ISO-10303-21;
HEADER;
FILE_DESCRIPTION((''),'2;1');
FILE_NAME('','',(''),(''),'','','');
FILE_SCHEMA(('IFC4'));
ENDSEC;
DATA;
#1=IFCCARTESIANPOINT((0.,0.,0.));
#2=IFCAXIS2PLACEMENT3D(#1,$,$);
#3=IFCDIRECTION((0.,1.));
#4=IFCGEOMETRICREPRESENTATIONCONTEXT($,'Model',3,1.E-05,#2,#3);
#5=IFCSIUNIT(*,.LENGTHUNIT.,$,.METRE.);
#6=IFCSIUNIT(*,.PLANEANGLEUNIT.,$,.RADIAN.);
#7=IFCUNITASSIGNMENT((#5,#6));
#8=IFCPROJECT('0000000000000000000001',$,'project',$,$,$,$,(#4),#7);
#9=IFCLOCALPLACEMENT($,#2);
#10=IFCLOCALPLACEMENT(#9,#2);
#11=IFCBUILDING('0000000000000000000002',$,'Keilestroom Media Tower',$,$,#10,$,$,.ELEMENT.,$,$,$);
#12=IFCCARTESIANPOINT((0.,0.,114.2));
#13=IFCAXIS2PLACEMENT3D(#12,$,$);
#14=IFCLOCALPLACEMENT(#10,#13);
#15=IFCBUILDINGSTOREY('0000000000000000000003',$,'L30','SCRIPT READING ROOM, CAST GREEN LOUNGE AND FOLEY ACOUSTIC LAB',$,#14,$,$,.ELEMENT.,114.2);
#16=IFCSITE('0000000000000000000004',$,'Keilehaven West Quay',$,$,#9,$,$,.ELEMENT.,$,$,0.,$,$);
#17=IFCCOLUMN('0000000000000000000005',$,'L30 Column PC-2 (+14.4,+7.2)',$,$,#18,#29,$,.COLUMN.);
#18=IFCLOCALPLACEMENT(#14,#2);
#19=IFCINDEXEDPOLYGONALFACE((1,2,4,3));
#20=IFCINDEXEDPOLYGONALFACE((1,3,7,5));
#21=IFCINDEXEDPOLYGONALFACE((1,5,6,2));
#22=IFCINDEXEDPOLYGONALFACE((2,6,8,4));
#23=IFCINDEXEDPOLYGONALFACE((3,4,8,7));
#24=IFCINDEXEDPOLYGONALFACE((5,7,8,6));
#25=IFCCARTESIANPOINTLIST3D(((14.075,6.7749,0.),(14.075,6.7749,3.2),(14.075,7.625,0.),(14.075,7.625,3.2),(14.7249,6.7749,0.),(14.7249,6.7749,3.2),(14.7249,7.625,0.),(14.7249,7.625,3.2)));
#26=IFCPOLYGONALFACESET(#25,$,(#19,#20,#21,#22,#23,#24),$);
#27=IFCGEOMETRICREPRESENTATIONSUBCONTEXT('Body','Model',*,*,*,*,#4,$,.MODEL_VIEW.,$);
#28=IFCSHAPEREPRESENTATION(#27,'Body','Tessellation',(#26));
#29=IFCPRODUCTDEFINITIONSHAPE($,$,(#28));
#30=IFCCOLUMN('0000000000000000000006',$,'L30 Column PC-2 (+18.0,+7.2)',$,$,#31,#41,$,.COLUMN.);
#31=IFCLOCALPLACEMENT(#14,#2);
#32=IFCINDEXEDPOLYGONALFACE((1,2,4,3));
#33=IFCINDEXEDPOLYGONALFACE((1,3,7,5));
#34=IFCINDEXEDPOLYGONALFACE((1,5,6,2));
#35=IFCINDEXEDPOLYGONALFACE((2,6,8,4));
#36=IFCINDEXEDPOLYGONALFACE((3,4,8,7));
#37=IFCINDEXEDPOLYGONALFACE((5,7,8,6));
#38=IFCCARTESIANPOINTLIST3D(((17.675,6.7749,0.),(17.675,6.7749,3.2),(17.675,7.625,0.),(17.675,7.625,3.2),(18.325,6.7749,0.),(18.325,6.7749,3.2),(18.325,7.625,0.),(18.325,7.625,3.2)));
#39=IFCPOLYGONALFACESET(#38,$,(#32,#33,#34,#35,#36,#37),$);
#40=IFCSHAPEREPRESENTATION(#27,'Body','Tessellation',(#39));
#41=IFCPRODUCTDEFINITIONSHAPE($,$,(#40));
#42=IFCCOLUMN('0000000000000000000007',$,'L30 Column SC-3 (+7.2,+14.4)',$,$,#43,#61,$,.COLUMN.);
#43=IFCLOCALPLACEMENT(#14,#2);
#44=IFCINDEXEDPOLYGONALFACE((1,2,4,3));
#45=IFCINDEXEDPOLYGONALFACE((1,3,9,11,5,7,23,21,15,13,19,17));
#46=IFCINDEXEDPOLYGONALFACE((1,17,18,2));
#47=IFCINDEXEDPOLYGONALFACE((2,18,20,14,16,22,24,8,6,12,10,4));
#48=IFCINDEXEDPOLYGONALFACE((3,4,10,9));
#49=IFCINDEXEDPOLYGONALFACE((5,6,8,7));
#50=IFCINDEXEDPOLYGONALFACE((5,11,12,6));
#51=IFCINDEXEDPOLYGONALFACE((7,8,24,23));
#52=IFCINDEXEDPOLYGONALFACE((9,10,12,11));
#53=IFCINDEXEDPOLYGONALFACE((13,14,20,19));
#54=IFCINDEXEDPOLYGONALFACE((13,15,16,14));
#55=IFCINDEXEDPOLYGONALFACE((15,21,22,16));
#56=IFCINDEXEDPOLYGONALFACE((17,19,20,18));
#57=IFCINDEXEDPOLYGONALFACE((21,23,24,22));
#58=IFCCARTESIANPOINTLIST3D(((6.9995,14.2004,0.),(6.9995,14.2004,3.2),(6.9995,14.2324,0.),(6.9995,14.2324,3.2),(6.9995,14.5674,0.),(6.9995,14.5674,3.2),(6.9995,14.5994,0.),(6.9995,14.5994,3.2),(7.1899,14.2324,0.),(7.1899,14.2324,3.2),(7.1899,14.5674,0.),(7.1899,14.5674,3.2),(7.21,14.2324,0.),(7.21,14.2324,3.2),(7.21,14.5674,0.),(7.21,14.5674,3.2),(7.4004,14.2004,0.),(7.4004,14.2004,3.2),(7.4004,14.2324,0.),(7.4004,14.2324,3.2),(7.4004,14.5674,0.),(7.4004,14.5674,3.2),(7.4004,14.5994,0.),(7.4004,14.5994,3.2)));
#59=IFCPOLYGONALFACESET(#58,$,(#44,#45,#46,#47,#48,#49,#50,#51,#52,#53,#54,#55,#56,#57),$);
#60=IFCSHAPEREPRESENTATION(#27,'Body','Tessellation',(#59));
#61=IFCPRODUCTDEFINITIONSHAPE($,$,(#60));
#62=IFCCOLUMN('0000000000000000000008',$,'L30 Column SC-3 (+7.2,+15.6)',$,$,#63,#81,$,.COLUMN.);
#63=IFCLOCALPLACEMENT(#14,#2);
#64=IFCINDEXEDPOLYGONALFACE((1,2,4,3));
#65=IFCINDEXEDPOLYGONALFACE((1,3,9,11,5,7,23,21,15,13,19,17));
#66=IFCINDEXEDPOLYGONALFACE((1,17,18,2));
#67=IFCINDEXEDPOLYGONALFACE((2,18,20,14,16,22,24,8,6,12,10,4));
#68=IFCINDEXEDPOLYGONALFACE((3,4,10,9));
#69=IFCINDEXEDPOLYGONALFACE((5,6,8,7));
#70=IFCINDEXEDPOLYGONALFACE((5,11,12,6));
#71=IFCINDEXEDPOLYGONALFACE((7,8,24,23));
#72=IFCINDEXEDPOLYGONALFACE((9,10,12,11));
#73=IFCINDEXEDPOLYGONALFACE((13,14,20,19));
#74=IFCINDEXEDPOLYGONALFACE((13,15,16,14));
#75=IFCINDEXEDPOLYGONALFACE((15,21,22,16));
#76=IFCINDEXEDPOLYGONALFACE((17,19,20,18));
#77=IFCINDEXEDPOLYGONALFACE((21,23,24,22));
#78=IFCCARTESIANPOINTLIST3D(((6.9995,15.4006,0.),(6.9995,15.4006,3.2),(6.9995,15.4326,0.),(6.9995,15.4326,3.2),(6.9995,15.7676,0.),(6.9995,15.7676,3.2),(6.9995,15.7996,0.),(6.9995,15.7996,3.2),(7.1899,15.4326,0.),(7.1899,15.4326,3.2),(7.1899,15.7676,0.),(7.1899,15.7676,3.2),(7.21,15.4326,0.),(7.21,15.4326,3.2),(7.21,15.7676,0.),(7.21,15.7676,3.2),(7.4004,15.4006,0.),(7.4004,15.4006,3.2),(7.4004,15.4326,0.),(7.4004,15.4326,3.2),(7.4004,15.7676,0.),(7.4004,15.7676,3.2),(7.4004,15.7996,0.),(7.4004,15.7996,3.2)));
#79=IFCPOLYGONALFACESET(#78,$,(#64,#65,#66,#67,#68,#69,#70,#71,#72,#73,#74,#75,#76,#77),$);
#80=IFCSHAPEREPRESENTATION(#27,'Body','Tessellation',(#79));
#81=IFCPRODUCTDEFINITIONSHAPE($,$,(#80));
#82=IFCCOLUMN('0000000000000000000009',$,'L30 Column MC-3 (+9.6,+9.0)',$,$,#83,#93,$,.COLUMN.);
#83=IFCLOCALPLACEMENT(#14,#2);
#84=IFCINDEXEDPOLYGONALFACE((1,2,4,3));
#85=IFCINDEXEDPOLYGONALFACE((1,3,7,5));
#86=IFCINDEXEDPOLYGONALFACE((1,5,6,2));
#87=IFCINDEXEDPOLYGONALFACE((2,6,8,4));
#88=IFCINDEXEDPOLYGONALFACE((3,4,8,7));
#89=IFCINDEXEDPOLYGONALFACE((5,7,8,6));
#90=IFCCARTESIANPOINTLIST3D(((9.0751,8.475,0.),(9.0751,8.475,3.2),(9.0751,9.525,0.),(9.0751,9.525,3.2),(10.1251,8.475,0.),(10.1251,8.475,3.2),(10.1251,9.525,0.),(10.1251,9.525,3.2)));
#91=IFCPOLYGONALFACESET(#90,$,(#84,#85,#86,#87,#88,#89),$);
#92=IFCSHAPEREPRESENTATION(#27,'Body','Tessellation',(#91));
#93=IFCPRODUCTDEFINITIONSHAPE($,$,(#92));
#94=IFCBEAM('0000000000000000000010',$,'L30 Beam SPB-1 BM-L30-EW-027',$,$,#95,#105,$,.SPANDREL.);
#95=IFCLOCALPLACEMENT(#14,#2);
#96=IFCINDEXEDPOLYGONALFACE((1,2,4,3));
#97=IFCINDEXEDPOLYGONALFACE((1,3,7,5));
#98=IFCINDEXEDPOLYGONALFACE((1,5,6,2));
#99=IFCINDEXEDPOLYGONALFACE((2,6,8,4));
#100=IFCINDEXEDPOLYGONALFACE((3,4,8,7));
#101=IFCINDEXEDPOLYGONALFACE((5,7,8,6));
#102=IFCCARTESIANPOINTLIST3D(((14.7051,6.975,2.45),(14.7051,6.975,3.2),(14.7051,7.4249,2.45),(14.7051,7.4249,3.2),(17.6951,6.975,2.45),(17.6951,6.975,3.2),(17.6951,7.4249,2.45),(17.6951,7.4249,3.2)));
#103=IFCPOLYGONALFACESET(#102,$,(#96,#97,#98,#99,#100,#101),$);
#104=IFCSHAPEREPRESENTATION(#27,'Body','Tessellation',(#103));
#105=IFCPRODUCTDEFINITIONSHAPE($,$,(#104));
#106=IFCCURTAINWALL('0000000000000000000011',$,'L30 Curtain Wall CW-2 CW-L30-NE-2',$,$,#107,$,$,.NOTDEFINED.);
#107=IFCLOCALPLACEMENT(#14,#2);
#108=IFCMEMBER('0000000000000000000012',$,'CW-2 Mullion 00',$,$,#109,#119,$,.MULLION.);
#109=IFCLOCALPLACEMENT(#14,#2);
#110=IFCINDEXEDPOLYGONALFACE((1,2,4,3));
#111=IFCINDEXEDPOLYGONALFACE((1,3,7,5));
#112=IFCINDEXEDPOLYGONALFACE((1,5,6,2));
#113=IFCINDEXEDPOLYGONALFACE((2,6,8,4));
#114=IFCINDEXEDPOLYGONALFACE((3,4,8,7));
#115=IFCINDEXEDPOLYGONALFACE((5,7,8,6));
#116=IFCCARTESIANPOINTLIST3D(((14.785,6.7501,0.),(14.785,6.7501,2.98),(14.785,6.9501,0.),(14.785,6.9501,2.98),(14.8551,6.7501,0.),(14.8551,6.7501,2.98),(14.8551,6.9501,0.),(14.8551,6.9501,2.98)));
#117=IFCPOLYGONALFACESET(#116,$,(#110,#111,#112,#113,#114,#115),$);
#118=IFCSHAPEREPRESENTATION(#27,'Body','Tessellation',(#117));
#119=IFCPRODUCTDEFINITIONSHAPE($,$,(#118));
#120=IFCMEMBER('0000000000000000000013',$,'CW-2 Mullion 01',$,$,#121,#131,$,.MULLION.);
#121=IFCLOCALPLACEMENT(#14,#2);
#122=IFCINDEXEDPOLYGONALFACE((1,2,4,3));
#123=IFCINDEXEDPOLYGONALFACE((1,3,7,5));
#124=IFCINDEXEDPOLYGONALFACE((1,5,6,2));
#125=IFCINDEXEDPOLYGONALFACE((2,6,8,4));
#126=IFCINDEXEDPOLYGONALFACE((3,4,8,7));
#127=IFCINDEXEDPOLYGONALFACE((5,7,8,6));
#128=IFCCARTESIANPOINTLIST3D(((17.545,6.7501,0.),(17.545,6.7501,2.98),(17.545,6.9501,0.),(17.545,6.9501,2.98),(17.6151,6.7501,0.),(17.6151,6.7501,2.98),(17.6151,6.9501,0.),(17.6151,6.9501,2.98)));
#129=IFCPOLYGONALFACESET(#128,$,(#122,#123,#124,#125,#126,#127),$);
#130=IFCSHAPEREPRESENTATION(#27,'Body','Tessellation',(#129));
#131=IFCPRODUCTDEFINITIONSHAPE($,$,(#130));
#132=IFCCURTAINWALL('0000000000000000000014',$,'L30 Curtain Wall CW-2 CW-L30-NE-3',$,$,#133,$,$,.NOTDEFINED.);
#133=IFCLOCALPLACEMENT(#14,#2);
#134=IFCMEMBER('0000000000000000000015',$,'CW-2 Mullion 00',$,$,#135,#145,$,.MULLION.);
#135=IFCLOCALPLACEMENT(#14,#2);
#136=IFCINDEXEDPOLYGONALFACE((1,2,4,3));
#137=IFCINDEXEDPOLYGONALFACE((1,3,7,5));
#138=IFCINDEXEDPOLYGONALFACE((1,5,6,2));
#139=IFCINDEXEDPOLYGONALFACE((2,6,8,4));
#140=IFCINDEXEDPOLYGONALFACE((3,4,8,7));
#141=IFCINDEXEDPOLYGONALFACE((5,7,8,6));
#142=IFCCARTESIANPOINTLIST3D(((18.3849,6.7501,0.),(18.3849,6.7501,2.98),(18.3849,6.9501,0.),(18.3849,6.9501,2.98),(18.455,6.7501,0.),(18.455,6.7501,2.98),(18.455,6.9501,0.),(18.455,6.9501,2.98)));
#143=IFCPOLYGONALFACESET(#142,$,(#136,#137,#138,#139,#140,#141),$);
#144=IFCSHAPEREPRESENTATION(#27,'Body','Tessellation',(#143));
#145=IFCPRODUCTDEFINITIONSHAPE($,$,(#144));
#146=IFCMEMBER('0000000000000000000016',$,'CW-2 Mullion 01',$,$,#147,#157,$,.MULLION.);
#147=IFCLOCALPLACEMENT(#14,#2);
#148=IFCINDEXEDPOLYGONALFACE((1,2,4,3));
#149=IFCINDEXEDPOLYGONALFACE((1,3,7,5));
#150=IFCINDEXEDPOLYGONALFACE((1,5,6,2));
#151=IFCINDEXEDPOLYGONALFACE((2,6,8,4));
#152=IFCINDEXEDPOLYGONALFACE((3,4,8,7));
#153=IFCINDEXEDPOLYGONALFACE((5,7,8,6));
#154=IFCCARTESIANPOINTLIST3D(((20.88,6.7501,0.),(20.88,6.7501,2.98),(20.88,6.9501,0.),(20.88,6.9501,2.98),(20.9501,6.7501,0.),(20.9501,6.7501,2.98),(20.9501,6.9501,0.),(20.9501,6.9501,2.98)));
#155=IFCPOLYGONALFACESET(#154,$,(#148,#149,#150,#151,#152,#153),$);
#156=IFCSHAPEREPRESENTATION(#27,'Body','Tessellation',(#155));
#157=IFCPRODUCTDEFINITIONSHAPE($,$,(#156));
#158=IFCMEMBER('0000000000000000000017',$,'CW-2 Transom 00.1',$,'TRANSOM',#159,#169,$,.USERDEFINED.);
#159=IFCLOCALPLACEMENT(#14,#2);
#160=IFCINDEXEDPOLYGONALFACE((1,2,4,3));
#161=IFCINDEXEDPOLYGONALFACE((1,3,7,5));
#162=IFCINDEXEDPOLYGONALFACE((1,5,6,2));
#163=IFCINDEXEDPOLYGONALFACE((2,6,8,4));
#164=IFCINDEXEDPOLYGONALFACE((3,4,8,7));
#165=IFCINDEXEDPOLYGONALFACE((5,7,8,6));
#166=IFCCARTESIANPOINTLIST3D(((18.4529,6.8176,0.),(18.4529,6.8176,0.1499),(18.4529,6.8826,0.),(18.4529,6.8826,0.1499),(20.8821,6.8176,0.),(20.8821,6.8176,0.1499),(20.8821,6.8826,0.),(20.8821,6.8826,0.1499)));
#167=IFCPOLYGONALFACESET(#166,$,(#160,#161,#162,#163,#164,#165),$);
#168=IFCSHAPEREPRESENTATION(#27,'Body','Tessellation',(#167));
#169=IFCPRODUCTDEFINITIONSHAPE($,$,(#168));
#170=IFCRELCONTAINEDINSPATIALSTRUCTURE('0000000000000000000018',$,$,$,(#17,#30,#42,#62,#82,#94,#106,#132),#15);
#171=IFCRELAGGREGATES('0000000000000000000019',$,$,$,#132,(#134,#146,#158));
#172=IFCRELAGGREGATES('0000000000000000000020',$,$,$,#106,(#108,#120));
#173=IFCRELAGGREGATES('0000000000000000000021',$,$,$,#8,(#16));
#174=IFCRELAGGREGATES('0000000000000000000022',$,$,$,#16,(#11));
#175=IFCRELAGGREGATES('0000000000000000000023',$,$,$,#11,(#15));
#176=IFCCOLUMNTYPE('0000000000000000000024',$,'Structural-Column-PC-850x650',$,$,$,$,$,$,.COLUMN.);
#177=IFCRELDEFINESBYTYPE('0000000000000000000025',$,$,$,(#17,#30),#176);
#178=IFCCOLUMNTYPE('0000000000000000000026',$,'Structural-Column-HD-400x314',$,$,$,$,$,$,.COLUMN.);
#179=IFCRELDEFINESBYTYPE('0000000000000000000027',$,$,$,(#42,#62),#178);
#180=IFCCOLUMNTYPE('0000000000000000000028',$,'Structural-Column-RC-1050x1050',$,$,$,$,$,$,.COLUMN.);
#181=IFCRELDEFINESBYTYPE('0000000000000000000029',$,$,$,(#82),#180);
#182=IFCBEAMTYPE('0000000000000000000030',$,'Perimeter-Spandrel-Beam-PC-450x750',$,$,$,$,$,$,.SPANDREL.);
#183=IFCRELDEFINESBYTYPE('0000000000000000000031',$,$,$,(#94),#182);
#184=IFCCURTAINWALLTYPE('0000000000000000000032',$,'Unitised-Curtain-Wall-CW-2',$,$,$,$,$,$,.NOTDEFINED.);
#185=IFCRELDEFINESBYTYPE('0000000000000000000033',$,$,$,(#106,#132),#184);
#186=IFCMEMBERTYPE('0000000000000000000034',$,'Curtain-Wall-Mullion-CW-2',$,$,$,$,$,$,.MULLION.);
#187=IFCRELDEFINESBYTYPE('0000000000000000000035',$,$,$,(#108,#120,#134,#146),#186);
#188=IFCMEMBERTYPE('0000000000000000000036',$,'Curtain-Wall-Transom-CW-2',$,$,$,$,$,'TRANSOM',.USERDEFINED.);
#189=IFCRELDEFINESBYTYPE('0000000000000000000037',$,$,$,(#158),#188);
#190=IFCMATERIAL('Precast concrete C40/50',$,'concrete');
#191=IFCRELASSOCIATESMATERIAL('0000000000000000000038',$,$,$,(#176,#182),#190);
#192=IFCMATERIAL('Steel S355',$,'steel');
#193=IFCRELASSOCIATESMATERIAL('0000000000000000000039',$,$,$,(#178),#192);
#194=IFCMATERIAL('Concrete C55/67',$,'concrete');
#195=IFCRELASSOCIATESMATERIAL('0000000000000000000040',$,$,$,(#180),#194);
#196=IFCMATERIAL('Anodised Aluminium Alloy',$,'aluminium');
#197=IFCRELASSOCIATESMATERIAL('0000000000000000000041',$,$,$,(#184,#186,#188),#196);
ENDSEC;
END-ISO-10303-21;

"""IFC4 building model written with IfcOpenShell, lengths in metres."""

from ifc_helpers import new_model, si_unit, direction, frame, origin, origin_2d, place, context, subcontext, project, spatial, rectangle, i_section, extrude, source, transform, mapped, material, material_profile, profile_set, type_object, element, aggregate, save


model = new_model("IFC4")

# Units and contexts
model_context = context("Model", 3, precision=1e-05, world=origin(), true_north=direction((0.0, 1.0)))
body_context = subcontext(model_context, "Body", "Model", "MODEL_VIEW")
ifc_project = project(units=[si_unit("LENGTHUNIT", "METRE"), si_unit("PLANEANGLEUNIT", "RADIAN")], contexts=[model_context])

# Site, building, storey
site_placement = place(None, origin())
site = spatial("IfcSite", under=ifc_project, at=site_placement, Name="Keilehaven West Quay", CompositionType="ELEMENT", RefElevation=0.0)
building_placement = place(site_placement, origin())
building = spatial("IfcBuilding", under=site, at=building_placement, Name="Keilestroom Media Tower", CompositionType="ELEMENT")
storey_placement = place(building_placement, frame((0.0, 0.0, 114.2)))
storey = spatial("IfcBuildingStorey", under=building, at=storey_placement, Name="L30", Description="SCRIPT READING ROOM, CAST GREEN LOUNGE AND FOLEY ACOUSTIC LAB", CompositionType="ELEMENT", Elevation=114.2)

# Columns
ifc_material_1 = material(Name="Precast concrete C40/50", Category="concrete")
ifc_material_profile_1 = material_profile(ifc_material_1, rectangle(XDim=0.6499, YDim=0.8501, at=origin_2d()), Name="PC 850x650")
ifc_profile_set_1 = profile_set([ifc_material_profile_1], Name="Precast concrete C40/50")
column_type_1 = type_object("IfcColumnType", Name="Structural-Column-PC-850x650", PredefinedType="COLUMN", material=ifc_profile_set_1)
shared_shape_1 = source(origin(), body_context, "Body", "SweptSolid", [
    extrude(rectangle(XDim=0.6499, YDim=0.8501, at=origin_2d()), origin(), (0.0, 0.0, 1.0), 3.2),
])
for number, where, z_axis, x_axis, name in (
    (1, (14.3999, 7.2, 0.0), (0.0, 0.0, 1.0), (1.0, 0.0, 0.0), "L30 Column PC-2 (+14.4,+7.2)"),
    (2, (18.0, 7.2, 0.0), (0.0, 0.0, 1.0), (1.0, 0.0, 0.0), "L30 Column PC-2 (+18.0,+7.2)"),
):
    element("IfcColumn", number, at=place(storey_placement, frame(where, z_axis=z_axis, x_axis=x_axis)), inside=storey, type_object=column_type_1, Name=name, PredefinedType="COLUMN", context=body_context, shape_type="MappedRepresentation", body=[
        mapped(shared_shape_1, transform((0.0, 0.0, 0.0), x_axis=(1.0, 0.0, 0.0), y_axis=(0.0, 1.0, 0.0), z_axis=(0.0, 0.0, 1.0), scale=1.0)),
    ])
ifc_material_2 = material(Name="Steel S355", Category="steel")
ifc_material_profile_2 = material_profile(ifc_material_2, i_section(OverallWidth=0.4009, OverallDepth=0.3989, WebThickness=0.02, FlangeThickness=0.032, at=origin_2d()), Name="HD 400x314")
ifc_profile_set_2 = profile_set([ifc_material_profile_2], Name="Steel S355")
column_type_2 = type_object("IfcColumnType", Name="Structural-Column-HD-400x314", PredefinedType="COLUMN", material=ifc_profile_set_2)
shared_shape_2 = source(origin(), body_context, "Body", "SweptSolid", [
    extrude(i_section(OverallWidth=0.4009, OverallDepth=0.3989, WebThickness=0.02, FlangeThickness=0.032, at=origin_2d()), origin(), (0.0, 0.0, 1.0), 3.2),
])
for number, where, z_axis, x_axis, name in (
    (3, (7.2, 14.3999, 0.0), (0.0, 0.0, 1.0), (1.0, 0.0, 0.0), "L30 Column SC-3 (+7.2,+14.4)"),
    (4, (7.2, 15.6001, 0.0), (0.0, 0.0, 1.0), (1.0, 0.0, 0.0), "L30 Column SC-3 (+7.2,+15.6)"),
):
    element("IfcColumn", number, at=place(storey_placement, frame(where, z_axis=z_axis, x_axis=x_axis)), inside=storey, type_object=column_type_2, Name=name, PredefinedType="COLUMN", context=body_context, shape_type="MappedRepresentation", body=[
        mapped(shared_shape_2, transform((0.0, 0.0, 0.0), x_axis=(1.0, 0.0, 0.0), y_axis=(0.0, 1.0, 0.0), z_axis=(0.0, 0.0, 1.0), scale=1.0)),
    ])
ifc_material_3 = material(Name="Concrete C55/67", Category="concrete")
ifc_material_profile_3 = material_profile(ifc_material_3, rectangle(XDim=1.05, YDim=1.05, at=origin_2d()), Name="RC 1050x1050")
ifc_profile_set_3 = profile_set([ifc_material_profile_3], Name="Concrete C55/67")
column_type_3 = type_object("IfcColumnType", Name="Structural-Column-RC-1050x1050", PredefinedType="COLUMN", material=ifc_profile_set_3)
shared_shape_3 = source(origin(), body_context, "Body", "SweptSolid", [
    extrude(rectangle(XDim=1.05, YDim=1.05, at=origin_2d()), origin(), (0.0, 0.0, 1.0), 3.2),
])
column_placement = place(storey_placement, frame((9.6001, 9.0, 0.0), z_axis=(0.0, 0.0, 1.0), x_axis=(1.0, 0.0, 0.0)))
element("IfcColumn", 5, at=column_placement, inside=storey, type_object=column_type_3, Name="L30 Column MC-3 (+9.6,+9.0)", PredefinedType="COLUMN", context=body_context, shape_type="MappedRepresentation", body=[
    mapped(shared_shape_3, transform((0.0, 0.0, 0.0), x_axis=(1.0, 0.0, 0.0), y_axis=(0.0, 1.0, 0.0), z_axis=(0.0, 0.0, 1.0), scale=1.0)),
])

# Beam
ifc_material_profile_4 = material_profile(ifc_material_1, rectangle(XDim=0.45, YDim=0.75, at=origin_2d()), Name="PC 450x750")
ifc_profile_set_4 = profile_set([ifc_material_profile_4], Name="Precast concrete C40/50")
beam_type = type_object("IfcBeamType", Name="Perimeter-Spandrel-Beam-PC-450x750", PredefinedType="SPANDREL", material=ifc_profile_set_4)
shared_shape_4 = source(origin(), body_context, "Body", "SweptSolid", [
    extrude(rectangle(XDim=0.45, YDim=0.75, at=origin_2d()), origin(), (0.0, 0.0, 1.0), 2.99),
])
beam_placement = place(storey_placement, frame((14.7051, 7.2, 2.825), z_axis=(1.0, 0.0, 0.0), x_axis=(0.0, 1.0, 0.0)))
element("IfcBeam", 6, at=beam_placement, inside=storey, type_object=beam_type, Name="L30 Beam SPB-1 BM-L30-EW-027", PredefinedType="SPANDREL", context=body_context, shape_type="MappedRepresentation", body=[
    mapped(shared_shape_4, transform((0.0, 0.0, 0.0), x_axis=(1.0, 0.0, 0.0), y_axis=(0.0, 1.0, 0.0), z_axis=(0.0, 0.0, 1.0), scale=1.0)),
])

# Curtain walls, members
ifc_material_4 = material(Name="Anodised Aluminium Alloy", Category="aluminium")
curtain_wall_type = type_object("IfcCurtainWallType", Name="Unitised-Curtain-Wall-CW-2", PredefinedType="NOTDEFINED", material=ifc_material_4)
curtain_wall_1_placement = place(storey_placement, origin())
curtain_wall_1 = element("IfcCurtainWall", 7, at=curtain_wall_1_placement, inside=storey, type_object=curtain_wall_type, Name="L30 Curtain Wall CW-2 CW-L30-NE-2", PredefinedType="NOTDEFINED")
ifc_material_profile_5 = material_profile(ifc_material_4, rectangle(XDim=0.0701, YDim=0.2, at=origin_2d()), Name="ALU MULLION 70x200")
ifc_profile_set_5 = profile_set([ifc_material_profile_5], Name="Anodised Aluminium Alloy")
member_type_1 = type_object("IfcMemberType", Name="Curtain-Wall-Mullion-CW-2", PredefinedType="MULLION", material=ifc_profile_set_5)
shared_shape_5 = source(origin(), body_context, "Body", "SweptSolid", [
    extrude(rectangle(XDim=0.0701, YDim=0.2, at=origin_2d()), origin(), (0.0, 0.0, 1.0), 2.98),
])
member_1_placement = place(storey_placement, frame((14.8201, 6.8501, 0.0), z_axis=(0.0, 0.0, 1.0), x_axis=(1.0, 0.0, 0.0)))
member_1 = element("IfcMember", 8, at=member_1_placement, type_object=member_type_1, Name="CW-2 Mullion 00", PredefinedType="MULLION", context=body_context, shape_type="MappedRepresentation", body=[
    mapped(shared_shape_5, transform((0.0, 0.0, 0.0), x_axis=(1.0, 0.0, 0.0), y_axis=(0.0, 1.0, 0.0), z_axis=(0.0, 0.0, 1.0), scale=1.0)),
])
member_2_placement = place(storey_placement, frame((17.5801, 6.8501, 0.0), z_axis=(0.0, 0.0, 1.0), x_axis=(1.0, 0.0, 0.0)))
member_2 = element("IfcMember", 9, at=member_2_placement, type_object=member_type_1, Name="CW-2 Mullion 01", PredefinedType="MULLION", context=body_context, shape_type="MappedRepresentation", body=[
    mapped(shared_shape_5, transform((0.0, 0.0, 0.0), x_axis=(1.0, 0.0, 0.0), y_axis=(0.0, 1.0, 0.0), z_axis=(0.0, 0.0, 1.0), scale=1.0)),
])
curtain_wall_2_placement = place(storey_placement, origin())
curtain_wall_2 = element("IfcCurtainWall", 10, at=curtain_wall_2_placement, inside=storey, type_object=curtain_wall_type, Name="L30 Curtain Wall CW-2 CW-L30-NE-3", PredefinedType="NOTDEFINED")
member_3_placement = place(storey_placement, frame((18.4199, 6.8501, 0.0), z_axis=(0.0, 0.0, 1.0), x_axis=(1.0, 0.0, 0.0)))
member_3 = element("IfcMember", 11, at=member_3_placement, type_object=member_type_1, Name="CW-2 Mullion 00", PredefinedType="MULLION", context=body_context, shape_type="MappedRepresentation", body=[
    mapped(shared_shape_5, transform((0.0, 0.0, 0.0), x_axis=(1.0, 0.0, 0.0), y_axis=(0.0, 1.0, 0.0), z_axis=(0.0, 0.0, 1.0), scale=1.0)),
])
member_4_placement = place(storey_placement, frame((20.915, 6.8501, 0.0), z_axis=(0.0, 0.0, 1.0), x_axis=(1.0, 0.0, 0.0)))
member_4 = element("IfcMember", 12, at=member_4_placement, type_object=member_type_1, Name="CW-2 Mullion 01", PredefinedType="MULLION", context=body_context, shape_type="MappedRepresentation", body=[
    mapped(shared_shape_5, transform((0.0, 0.0, 0.0), x_axis=(1.0, 0.0, 0.0), y_axis=(0.0, 1.0, 0.0), z_axis=(0.0, 0.0, 1.0), scale=1.0)),
])
ifc_material_profile_6 = material_profile(ifc_material_4, rectangle(XDim=0.0649, YDim=0.1499, at=origin_2d()), Name="ALU TRANSOM 65x150")
ifc_profile_set_6 = profile_set([ifc_material_profile_6], Name="Anodised Aluminium Alloy")
member_type_2 = type_object("IfcMemberType", Name="Curtain-Wall-Transom-CW-2", ElementType="TRANSOM", PredefinedType="USERDEFINED", material=ifc_profile_set_6)
shared_shape_6 = source(origin(), body_context, "Body", "SweptSolid", [
    extrude(rectangle(XDim=0.0649, YDim=0.1499, at=origin_2d()), origin(), (0.0, 0.0, 1.0), 2.4292),
])
member_5_placement = place(storey_placement, frame((18.4529, 6.8501, 0.075), z_axis=(1.0, 0.0, 0.0), x_axis=(0.0, 1.0, 0.0)))
member_5 = element("IfcMember", 13, at=member_5_placement, type_object=member_type_2, Name="CW-2 Transom 00.1", ObjectType="TRANSOM", PredefinedType="USERDEFINED", context=body_context, shape_type="MappedRepresentation", body=[
    mapped(shared_shape_6, transform((0.0, 0.0, 0.0), x_axis=(1.0, 0.0, 0.0), y_axis=(0.0, 1.0, 0.0), z_axis=(0.0, 0.0, 1.0), scale=1.0)),
])

aggregate(curtain_wall_2, [member_3, member_4, member_5])
aggregate(curtain_wall_1, [member_1, member_2])

save(model, "model.ifc")
